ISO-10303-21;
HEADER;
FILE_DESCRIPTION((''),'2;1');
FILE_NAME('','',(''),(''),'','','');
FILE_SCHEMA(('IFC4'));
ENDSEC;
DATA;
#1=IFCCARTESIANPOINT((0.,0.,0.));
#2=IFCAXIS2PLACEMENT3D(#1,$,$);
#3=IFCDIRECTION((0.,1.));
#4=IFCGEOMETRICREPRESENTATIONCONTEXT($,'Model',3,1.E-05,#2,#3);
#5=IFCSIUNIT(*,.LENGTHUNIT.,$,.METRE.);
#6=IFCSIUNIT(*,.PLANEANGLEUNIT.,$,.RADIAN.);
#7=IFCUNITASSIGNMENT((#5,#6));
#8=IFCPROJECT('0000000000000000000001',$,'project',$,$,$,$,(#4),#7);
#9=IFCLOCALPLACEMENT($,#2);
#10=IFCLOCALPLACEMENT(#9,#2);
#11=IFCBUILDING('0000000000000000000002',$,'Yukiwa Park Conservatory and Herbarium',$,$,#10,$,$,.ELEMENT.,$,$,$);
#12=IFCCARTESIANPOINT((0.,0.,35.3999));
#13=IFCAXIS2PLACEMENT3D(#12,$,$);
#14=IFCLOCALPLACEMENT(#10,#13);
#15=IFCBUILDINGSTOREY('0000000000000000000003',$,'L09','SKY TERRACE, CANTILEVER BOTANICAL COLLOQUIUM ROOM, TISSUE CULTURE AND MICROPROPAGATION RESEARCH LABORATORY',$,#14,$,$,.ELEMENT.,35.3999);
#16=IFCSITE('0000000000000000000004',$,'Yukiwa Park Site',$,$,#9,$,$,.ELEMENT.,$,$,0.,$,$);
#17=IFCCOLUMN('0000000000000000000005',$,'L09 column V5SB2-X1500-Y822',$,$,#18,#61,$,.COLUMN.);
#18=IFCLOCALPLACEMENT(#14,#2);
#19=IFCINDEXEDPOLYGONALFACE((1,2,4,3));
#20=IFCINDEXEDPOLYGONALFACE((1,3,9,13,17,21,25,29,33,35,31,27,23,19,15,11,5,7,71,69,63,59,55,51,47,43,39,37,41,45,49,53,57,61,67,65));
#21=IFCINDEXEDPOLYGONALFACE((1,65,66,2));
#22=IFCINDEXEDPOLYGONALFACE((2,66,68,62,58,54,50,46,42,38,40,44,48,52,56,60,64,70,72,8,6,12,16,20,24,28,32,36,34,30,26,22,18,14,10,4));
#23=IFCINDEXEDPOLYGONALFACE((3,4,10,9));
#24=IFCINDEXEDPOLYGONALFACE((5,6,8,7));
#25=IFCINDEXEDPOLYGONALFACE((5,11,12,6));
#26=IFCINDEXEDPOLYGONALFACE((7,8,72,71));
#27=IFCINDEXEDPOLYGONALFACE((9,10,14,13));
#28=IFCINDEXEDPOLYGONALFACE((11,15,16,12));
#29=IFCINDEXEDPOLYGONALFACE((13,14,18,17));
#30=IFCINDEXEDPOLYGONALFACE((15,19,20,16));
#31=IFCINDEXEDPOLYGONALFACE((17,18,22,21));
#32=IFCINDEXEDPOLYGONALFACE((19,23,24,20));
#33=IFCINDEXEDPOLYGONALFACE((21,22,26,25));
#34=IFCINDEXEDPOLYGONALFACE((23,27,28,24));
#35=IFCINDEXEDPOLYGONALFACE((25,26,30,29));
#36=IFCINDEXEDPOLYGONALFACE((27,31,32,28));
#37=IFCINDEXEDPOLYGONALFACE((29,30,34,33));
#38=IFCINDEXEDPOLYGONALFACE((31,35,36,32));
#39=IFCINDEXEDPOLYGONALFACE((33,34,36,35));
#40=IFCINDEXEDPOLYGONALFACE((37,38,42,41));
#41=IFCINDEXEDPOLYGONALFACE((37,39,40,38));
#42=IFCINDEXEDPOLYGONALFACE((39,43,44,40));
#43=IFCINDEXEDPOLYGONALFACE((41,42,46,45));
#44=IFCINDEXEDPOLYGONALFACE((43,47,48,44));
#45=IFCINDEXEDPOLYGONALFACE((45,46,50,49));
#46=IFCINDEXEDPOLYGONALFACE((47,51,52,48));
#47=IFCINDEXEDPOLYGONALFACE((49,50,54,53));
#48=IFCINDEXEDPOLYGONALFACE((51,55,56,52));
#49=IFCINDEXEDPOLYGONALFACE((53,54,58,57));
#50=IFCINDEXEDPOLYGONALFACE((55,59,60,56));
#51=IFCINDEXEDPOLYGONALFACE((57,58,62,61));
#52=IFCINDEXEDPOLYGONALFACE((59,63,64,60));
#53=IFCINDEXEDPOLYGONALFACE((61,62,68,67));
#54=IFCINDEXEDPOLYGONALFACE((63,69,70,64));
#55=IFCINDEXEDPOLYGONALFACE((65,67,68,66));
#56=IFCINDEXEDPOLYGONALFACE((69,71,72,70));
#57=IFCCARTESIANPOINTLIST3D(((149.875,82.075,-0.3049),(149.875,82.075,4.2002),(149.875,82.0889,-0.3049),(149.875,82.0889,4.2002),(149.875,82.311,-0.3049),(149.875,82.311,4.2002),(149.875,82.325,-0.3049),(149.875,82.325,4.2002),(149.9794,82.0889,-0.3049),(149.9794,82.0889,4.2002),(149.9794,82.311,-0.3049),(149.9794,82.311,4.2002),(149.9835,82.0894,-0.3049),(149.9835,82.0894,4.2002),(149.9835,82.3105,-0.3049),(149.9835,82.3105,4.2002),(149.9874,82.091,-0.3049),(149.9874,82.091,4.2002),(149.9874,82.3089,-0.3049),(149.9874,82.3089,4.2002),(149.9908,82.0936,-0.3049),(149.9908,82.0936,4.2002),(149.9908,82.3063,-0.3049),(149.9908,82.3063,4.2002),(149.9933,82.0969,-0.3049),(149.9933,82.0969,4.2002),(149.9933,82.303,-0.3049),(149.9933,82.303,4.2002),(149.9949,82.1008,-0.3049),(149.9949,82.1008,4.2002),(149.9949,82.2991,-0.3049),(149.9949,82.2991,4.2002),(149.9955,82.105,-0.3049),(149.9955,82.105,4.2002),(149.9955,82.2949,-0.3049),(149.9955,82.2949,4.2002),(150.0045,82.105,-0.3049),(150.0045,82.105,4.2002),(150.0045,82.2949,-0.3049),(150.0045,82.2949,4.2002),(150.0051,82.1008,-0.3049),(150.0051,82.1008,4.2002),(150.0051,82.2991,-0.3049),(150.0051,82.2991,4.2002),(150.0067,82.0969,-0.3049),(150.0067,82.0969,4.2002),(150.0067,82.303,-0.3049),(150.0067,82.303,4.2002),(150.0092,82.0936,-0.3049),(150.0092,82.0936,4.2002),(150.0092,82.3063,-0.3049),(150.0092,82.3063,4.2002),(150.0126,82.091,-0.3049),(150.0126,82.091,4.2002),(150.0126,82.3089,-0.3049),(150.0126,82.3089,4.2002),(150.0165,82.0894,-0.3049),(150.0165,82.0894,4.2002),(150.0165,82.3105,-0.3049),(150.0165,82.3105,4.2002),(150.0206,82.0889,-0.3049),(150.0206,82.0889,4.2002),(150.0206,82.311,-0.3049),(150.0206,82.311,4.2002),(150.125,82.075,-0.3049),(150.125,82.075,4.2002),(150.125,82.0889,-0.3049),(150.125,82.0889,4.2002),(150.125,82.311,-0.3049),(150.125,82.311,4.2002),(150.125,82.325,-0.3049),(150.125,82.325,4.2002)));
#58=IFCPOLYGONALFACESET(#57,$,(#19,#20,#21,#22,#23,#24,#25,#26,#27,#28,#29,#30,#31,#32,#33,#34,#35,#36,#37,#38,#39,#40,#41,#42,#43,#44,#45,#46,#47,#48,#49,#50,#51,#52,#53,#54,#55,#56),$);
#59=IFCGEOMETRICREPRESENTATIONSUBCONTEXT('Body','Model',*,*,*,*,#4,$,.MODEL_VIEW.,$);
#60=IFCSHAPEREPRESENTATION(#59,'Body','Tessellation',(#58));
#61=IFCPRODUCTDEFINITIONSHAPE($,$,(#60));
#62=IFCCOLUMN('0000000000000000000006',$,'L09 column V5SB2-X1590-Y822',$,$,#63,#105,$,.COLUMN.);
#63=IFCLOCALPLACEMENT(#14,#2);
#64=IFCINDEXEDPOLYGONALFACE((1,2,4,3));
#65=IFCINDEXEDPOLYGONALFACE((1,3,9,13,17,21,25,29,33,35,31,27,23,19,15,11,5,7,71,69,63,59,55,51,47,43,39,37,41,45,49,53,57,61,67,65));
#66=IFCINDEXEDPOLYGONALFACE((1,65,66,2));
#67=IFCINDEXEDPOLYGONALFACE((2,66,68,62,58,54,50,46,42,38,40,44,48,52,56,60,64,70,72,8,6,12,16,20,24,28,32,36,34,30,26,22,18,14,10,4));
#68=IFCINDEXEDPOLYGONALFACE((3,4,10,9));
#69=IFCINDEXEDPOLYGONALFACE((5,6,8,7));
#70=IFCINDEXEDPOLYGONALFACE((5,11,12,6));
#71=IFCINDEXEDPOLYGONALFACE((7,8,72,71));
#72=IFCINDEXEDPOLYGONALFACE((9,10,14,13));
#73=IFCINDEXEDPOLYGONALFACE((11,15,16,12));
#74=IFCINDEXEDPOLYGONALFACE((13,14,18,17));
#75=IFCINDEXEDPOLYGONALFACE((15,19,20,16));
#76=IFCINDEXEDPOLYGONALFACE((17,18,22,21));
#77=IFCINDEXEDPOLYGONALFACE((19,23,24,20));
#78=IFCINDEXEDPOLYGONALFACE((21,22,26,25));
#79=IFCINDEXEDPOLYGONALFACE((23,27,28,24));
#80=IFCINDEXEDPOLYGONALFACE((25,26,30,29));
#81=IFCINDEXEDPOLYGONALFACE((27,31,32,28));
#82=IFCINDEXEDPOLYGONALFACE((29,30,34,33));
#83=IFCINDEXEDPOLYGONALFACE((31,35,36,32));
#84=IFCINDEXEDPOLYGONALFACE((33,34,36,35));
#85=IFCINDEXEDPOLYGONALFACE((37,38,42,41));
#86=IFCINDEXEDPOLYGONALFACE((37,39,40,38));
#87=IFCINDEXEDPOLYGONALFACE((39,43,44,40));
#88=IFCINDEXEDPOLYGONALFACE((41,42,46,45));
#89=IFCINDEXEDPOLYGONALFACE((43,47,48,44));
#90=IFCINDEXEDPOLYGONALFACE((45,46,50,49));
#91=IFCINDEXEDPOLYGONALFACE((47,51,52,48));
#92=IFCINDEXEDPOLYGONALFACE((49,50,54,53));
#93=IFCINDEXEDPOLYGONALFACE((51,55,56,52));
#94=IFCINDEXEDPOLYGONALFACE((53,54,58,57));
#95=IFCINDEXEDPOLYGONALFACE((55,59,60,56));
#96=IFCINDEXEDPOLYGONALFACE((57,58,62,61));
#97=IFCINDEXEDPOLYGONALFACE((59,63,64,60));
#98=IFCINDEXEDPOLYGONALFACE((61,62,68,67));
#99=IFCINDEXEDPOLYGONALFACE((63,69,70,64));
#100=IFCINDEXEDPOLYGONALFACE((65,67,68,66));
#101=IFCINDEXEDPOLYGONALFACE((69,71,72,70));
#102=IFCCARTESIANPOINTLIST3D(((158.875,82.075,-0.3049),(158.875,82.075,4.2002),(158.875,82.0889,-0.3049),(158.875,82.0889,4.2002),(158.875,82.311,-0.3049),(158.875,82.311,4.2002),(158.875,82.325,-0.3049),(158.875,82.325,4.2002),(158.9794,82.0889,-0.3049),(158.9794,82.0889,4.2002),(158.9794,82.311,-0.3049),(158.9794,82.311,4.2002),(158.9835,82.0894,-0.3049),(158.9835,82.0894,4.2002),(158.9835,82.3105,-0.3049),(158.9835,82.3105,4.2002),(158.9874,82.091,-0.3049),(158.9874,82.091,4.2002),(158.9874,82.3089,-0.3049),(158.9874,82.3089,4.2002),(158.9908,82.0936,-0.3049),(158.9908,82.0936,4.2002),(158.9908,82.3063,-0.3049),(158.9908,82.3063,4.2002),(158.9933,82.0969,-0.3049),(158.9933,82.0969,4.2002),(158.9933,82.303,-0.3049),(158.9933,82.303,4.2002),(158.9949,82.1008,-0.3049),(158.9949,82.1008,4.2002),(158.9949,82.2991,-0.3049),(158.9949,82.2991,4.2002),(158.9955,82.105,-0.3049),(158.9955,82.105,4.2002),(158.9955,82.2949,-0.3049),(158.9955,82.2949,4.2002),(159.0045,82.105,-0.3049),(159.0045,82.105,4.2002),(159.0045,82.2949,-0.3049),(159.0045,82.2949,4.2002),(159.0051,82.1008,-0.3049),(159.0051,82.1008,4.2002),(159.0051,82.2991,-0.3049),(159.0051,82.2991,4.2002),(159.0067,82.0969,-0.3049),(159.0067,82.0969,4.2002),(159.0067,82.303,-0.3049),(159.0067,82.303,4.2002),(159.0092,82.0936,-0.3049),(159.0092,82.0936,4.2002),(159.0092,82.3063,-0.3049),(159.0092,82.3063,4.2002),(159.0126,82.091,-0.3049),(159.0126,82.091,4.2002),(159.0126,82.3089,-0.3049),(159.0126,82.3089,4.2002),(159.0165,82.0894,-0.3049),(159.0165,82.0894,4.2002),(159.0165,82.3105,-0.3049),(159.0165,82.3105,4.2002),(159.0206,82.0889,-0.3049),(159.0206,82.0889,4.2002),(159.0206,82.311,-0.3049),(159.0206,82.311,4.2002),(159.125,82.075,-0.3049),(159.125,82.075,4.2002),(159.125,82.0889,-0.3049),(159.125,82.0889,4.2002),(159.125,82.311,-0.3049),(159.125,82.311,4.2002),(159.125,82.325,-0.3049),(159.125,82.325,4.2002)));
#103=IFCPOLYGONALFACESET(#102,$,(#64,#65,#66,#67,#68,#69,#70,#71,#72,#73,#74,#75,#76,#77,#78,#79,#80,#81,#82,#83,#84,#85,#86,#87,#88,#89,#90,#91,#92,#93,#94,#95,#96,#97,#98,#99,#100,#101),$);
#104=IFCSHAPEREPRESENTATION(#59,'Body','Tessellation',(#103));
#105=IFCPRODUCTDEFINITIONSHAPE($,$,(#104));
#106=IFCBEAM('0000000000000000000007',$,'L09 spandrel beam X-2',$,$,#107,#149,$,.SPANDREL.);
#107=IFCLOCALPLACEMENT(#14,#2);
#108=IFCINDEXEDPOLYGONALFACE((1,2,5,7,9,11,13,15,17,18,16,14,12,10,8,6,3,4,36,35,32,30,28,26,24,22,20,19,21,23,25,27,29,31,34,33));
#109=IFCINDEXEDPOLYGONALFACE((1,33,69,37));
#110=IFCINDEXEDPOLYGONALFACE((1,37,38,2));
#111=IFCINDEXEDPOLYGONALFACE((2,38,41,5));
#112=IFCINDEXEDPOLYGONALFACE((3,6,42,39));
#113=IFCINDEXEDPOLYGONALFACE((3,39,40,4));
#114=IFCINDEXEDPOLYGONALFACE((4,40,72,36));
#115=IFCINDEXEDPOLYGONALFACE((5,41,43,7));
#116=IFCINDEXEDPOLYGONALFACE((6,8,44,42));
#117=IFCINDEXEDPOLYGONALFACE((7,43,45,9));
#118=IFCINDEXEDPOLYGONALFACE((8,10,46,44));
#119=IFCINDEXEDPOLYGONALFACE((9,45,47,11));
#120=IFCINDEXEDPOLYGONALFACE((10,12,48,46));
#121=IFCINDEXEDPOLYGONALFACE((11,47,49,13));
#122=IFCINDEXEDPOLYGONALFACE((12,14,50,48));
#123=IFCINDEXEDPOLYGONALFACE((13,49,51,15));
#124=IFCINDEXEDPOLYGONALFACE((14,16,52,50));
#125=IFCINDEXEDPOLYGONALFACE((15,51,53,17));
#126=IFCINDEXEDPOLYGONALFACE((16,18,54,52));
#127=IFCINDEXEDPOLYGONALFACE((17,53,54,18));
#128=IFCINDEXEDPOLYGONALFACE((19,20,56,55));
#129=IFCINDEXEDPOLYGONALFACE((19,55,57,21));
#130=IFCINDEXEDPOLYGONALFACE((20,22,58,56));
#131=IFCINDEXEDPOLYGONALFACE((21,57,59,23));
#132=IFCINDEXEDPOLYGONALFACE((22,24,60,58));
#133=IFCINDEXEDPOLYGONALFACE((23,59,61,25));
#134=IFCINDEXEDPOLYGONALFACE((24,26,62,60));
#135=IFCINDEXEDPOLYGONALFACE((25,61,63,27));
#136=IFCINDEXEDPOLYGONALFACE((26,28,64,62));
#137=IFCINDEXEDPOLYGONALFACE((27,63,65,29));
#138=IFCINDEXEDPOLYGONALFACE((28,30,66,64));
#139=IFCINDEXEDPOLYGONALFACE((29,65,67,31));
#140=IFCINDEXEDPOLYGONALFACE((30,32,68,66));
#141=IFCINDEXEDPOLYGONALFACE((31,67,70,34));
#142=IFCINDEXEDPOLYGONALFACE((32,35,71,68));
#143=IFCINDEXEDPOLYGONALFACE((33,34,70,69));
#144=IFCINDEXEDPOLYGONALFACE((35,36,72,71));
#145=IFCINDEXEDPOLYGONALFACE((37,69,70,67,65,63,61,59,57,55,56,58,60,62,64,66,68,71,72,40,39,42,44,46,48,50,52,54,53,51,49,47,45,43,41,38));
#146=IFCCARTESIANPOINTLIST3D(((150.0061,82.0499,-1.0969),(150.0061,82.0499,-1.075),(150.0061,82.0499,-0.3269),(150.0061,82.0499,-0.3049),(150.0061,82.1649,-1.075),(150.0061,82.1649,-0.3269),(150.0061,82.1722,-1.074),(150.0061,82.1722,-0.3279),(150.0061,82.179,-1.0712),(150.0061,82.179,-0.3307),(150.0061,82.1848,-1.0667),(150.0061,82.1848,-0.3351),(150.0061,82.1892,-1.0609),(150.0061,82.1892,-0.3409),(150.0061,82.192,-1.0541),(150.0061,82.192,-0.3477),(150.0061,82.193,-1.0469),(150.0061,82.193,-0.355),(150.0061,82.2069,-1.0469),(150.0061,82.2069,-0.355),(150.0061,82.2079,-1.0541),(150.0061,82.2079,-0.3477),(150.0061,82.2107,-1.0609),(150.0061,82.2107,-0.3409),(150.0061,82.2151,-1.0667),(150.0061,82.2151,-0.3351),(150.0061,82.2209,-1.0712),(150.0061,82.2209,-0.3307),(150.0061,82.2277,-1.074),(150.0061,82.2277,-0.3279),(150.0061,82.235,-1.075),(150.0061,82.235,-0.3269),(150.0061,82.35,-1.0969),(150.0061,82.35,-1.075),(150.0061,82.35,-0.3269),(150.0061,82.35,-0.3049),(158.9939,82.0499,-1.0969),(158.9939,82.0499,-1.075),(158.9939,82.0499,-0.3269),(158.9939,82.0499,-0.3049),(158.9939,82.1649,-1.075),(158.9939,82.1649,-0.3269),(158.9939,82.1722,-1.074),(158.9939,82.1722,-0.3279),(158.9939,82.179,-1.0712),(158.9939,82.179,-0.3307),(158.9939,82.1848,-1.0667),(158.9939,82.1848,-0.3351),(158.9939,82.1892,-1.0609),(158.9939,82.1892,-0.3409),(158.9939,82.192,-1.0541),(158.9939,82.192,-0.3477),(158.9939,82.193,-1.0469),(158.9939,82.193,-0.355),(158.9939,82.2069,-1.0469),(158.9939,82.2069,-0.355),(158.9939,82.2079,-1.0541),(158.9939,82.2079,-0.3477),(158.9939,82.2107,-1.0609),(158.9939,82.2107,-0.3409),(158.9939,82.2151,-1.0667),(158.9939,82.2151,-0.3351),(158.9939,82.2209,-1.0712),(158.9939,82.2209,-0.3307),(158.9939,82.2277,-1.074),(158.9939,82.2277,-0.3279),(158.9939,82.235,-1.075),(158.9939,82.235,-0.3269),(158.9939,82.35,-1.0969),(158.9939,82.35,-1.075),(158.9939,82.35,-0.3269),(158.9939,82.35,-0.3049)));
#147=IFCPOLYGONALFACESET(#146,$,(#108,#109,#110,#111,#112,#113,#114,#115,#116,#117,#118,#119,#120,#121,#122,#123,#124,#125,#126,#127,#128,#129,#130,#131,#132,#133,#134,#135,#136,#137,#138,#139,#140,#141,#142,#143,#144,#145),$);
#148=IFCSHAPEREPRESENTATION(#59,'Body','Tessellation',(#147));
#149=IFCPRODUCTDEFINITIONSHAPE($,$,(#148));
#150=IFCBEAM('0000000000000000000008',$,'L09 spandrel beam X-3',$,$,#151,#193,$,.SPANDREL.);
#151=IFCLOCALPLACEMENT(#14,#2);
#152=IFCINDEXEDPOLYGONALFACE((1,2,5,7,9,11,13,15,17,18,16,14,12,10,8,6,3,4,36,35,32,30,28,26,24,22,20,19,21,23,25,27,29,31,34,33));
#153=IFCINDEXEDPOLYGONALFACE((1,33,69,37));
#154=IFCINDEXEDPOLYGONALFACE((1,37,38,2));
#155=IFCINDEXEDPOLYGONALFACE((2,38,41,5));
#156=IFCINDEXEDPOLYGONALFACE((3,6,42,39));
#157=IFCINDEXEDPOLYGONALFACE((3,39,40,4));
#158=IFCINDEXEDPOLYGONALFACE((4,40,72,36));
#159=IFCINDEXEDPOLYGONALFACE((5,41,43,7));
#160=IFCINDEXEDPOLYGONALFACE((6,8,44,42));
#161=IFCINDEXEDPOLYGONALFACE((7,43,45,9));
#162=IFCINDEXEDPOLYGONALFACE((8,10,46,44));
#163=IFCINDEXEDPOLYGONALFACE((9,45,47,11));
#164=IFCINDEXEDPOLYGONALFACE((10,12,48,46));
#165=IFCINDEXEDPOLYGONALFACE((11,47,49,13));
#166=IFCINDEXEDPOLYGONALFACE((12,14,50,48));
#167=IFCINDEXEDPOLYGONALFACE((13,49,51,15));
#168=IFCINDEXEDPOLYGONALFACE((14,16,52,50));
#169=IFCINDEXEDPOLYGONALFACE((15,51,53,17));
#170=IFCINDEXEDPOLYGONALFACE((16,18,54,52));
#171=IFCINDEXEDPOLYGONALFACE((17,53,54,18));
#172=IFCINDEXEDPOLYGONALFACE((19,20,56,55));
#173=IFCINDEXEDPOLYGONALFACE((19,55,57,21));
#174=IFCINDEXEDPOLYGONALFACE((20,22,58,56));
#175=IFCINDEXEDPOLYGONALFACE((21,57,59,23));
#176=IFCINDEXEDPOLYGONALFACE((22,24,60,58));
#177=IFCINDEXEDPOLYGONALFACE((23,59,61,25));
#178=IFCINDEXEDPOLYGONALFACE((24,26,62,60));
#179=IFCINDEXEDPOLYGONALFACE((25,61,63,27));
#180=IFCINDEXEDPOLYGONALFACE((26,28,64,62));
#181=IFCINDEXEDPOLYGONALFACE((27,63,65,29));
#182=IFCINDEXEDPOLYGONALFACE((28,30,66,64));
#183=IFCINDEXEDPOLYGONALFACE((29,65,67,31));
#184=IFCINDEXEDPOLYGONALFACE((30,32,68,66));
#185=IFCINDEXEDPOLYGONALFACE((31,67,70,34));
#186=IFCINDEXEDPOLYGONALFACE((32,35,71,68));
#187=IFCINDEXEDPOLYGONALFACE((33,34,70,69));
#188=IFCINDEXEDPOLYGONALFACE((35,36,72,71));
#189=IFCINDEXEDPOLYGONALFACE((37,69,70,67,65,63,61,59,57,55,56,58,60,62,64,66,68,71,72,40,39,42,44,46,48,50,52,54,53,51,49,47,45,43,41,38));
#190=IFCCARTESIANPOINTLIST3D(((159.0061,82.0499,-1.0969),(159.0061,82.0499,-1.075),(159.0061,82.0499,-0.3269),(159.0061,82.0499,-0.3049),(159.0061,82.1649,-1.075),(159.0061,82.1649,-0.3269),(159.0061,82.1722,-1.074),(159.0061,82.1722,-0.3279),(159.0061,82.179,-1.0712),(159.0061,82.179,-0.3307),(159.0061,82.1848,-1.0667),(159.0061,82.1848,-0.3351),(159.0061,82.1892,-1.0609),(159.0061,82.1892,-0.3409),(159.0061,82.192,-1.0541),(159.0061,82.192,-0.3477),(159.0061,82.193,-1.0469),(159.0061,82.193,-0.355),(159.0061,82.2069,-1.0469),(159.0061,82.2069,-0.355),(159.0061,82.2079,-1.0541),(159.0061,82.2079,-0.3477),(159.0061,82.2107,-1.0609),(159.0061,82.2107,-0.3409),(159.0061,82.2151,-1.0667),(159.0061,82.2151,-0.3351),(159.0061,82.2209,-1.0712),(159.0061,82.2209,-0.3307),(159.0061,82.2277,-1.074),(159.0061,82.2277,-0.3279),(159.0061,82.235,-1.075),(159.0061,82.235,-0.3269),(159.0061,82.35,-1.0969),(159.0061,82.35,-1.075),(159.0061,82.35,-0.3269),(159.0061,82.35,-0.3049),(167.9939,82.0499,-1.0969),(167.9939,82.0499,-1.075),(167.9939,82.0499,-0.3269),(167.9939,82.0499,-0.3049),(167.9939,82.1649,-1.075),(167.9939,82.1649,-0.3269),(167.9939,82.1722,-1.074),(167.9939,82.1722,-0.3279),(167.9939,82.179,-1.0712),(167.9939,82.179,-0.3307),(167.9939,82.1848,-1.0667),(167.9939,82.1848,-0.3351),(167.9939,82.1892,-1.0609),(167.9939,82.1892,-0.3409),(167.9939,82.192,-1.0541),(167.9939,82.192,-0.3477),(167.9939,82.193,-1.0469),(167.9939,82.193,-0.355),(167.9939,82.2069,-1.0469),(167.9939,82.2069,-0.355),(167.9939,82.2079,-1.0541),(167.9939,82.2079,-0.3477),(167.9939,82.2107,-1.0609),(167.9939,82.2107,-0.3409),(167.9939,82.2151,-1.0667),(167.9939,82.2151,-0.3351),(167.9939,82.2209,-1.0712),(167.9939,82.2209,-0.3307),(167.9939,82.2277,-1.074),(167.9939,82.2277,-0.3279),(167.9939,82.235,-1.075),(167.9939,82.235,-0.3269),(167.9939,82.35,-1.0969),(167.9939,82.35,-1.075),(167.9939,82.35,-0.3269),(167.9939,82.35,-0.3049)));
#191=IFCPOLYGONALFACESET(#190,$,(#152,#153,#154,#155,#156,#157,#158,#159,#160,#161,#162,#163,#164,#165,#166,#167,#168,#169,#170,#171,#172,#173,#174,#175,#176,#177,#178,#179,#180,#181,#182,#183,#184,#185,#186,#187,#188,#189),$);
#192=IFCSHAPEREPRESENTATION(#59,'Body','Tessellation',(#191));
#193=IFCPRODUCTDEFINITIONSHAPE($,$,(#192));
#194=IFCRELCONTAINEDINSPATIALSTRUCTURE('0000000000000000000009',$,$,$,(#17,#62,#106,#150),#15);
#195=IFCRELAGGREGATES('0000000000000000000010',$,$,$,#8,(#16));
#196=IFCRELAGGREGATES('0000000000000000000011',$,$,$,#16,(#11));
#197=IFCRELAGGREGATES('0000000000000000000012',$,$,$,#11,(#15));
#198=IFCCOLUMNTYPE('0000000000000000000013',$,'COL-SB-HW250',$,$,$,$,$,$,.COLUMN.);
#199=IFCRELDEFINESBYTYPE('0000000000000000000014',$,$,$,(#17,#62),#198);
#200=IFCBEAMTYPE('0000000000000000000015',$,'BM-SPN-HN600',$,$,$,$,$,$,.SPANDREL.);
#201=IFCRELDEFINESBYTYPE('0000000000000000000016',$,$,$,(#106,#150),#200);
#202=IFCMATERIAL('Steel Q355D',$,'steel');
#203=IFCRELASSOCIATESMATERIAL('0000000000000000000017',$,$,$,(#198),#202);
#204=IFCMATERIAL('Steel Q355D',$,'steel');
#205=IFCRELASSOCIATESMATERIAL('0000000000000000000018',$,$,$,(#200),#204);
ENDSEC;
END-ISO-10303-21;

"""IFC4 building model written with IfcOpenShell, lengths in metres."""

from ifc_helpers import new_model, si_unit, direction, frame, origin, origin_2d, place, context, subcontext, project, spatial, i_section, extrude, material, material_profile, profile_set, type_object, element, save


model = new_model("IFC4")

# Units and contexts
model_context = context("Model", 3, precision=1e-05, world=origin(), true_north=direction((0.0, 1.0)))
body_context = subcontext(model_context, "Body", "Model", "MODEL_VIEW")
ifc_project = project(units=[si_unit("LENGTHUNIT", "METRE"), si_unit("PLANEANGLEUNIT", "RADIAN")], contexts=[model_context])

# Site, building, storey
site_placement = place(None, origin())
site = spatial("IfcSite", under=ifc_project, at=site_placement, Name="Yukiwa Park Site", CompositionType="ELEMENT", RefElevation=0.0)
building_placement = place(site_placement, origin())
building = spatial("IfcBuilding", under=site, at=building_placement, Name="Yukiwa Park Conservatory and Herbarium", CompositionType="ELEMENT")
storey_placement = place(building_placement, frame((0.0, 0.0, 35.3999)))
storey = spatial("IfcBuildingStorey", under=building, at=storey_placement, Name="L09", Description="SKY TERRACE, CANTILEVER BOTANICAL COLLOQUIUM ROOM, TISSUE CULTURE AND MICROPROPAGATION RESEARCH LABORATORY", CompositionType="ELEMENT", Elevation=35.3999)

# Columns
ifc_material_1 = material(Name="Steel Q355D", Category="steel")
ifc_material_profile_1 = material_profile(ifc_material_1, i_section(OverallWidth=0.25, OverallDepth=0.25, WebThickness=0.009, FlangeThickness=0.0139, FilletRadius=0.0161, at=origin_2d()), Name="HW 250x250x9x14")
ifc_profile_set_1 = profile_set([ifc_material_profile_1], Name="Steel Q355D")
column_type = type_object("IfcColumnType", Name="COL-SB-HW250", PredefinedType="COLUMN", material=ifc_profile_set_1)
for number, where, z_axis, x_axis, name in (
    (1, (150.0, 82.2, -0.3049), (0.0, 0.0, 1.0), (1.0, 0.0, 0.0), "L09 column V5SB2-X1500-Y822"),
    (2, (159.0, 82.2, -0.3049), (0.0, 0.0, 1.0), (1.0, 0.0, 0.0), "L09 column V5SB2-X1590-Y822"),
):
    element("IfcColumn", number, at=place(storey_placement, frame(where, z_axis=z_axis, x_axis=x_axis)), inside=storey, type_object=column_type, Name=name, PredefinedType="COLUMN", context=body_context, shape_type="SweptSolid", body=[
        extrude(i_section(OverallWidth=0.25, OverallDepth=0.25, WebThickness=0.009, FlangeThickness=0.0139, FilletRadius=0.0161, at=origin_2d()), origin(), (0.0, 0.0, 1.0), 4.5051),
    ])

# Beams
ifc_material_2 = material(Name="Steel Q355D", Category="steel")
ifc_material_profile_2 = material_profile(ifc_material_2, i_section(OverallWidth=0.3, OverallDepth=0.792, WebThickness=0.0139, FlangeThickness=0.022, FilletRadius=0.0281, at=origin_2d()), Name="HN 792x300x14x22")
ifc_profile_set_2 = profile_set([ifc_material_profile_2], Name="Steel Q355D")
beam_type_1 = type_object("IfcBeamType", Name="BM-SPN-HN600", PredefinedType="SPANDREL", material=ifc_profile_set_2)
for number, where, z_axis, x_axis, name in (
    (3, (150.0061, 82.2, -0.7009), (1.0, 0.0, 0.0), (0.0, 1.0, 0.0), "L09 spandrel beam X-2"),
    (4, (159.0061, 82.2, -0.7009), (1.0, 0.0, 0.0), (0.0, 1.0, 0.0), "L09 spandrel beam X-3"),
):
    element("IfcBeam", number, at=place(storey_placement, frame(where, z_axis=z_axis, x_axis=x_axis)), inside=storey, type_object=beam_type_1, Name=name, PredefinedType="SPANDREL", context=body_context, shape_type="SweptSolid", body=[
        extrude(i_section(OverallWidth=0.3, OverallDepth=0.792, WebThickness=0.0139, FlangeThickness=0.022, FilletRadius=0.0281, at=origin_2d()), origin(), (0.0, 0.0, 1.0), 8.9878),
    ])

save(model, "model.ifc")
